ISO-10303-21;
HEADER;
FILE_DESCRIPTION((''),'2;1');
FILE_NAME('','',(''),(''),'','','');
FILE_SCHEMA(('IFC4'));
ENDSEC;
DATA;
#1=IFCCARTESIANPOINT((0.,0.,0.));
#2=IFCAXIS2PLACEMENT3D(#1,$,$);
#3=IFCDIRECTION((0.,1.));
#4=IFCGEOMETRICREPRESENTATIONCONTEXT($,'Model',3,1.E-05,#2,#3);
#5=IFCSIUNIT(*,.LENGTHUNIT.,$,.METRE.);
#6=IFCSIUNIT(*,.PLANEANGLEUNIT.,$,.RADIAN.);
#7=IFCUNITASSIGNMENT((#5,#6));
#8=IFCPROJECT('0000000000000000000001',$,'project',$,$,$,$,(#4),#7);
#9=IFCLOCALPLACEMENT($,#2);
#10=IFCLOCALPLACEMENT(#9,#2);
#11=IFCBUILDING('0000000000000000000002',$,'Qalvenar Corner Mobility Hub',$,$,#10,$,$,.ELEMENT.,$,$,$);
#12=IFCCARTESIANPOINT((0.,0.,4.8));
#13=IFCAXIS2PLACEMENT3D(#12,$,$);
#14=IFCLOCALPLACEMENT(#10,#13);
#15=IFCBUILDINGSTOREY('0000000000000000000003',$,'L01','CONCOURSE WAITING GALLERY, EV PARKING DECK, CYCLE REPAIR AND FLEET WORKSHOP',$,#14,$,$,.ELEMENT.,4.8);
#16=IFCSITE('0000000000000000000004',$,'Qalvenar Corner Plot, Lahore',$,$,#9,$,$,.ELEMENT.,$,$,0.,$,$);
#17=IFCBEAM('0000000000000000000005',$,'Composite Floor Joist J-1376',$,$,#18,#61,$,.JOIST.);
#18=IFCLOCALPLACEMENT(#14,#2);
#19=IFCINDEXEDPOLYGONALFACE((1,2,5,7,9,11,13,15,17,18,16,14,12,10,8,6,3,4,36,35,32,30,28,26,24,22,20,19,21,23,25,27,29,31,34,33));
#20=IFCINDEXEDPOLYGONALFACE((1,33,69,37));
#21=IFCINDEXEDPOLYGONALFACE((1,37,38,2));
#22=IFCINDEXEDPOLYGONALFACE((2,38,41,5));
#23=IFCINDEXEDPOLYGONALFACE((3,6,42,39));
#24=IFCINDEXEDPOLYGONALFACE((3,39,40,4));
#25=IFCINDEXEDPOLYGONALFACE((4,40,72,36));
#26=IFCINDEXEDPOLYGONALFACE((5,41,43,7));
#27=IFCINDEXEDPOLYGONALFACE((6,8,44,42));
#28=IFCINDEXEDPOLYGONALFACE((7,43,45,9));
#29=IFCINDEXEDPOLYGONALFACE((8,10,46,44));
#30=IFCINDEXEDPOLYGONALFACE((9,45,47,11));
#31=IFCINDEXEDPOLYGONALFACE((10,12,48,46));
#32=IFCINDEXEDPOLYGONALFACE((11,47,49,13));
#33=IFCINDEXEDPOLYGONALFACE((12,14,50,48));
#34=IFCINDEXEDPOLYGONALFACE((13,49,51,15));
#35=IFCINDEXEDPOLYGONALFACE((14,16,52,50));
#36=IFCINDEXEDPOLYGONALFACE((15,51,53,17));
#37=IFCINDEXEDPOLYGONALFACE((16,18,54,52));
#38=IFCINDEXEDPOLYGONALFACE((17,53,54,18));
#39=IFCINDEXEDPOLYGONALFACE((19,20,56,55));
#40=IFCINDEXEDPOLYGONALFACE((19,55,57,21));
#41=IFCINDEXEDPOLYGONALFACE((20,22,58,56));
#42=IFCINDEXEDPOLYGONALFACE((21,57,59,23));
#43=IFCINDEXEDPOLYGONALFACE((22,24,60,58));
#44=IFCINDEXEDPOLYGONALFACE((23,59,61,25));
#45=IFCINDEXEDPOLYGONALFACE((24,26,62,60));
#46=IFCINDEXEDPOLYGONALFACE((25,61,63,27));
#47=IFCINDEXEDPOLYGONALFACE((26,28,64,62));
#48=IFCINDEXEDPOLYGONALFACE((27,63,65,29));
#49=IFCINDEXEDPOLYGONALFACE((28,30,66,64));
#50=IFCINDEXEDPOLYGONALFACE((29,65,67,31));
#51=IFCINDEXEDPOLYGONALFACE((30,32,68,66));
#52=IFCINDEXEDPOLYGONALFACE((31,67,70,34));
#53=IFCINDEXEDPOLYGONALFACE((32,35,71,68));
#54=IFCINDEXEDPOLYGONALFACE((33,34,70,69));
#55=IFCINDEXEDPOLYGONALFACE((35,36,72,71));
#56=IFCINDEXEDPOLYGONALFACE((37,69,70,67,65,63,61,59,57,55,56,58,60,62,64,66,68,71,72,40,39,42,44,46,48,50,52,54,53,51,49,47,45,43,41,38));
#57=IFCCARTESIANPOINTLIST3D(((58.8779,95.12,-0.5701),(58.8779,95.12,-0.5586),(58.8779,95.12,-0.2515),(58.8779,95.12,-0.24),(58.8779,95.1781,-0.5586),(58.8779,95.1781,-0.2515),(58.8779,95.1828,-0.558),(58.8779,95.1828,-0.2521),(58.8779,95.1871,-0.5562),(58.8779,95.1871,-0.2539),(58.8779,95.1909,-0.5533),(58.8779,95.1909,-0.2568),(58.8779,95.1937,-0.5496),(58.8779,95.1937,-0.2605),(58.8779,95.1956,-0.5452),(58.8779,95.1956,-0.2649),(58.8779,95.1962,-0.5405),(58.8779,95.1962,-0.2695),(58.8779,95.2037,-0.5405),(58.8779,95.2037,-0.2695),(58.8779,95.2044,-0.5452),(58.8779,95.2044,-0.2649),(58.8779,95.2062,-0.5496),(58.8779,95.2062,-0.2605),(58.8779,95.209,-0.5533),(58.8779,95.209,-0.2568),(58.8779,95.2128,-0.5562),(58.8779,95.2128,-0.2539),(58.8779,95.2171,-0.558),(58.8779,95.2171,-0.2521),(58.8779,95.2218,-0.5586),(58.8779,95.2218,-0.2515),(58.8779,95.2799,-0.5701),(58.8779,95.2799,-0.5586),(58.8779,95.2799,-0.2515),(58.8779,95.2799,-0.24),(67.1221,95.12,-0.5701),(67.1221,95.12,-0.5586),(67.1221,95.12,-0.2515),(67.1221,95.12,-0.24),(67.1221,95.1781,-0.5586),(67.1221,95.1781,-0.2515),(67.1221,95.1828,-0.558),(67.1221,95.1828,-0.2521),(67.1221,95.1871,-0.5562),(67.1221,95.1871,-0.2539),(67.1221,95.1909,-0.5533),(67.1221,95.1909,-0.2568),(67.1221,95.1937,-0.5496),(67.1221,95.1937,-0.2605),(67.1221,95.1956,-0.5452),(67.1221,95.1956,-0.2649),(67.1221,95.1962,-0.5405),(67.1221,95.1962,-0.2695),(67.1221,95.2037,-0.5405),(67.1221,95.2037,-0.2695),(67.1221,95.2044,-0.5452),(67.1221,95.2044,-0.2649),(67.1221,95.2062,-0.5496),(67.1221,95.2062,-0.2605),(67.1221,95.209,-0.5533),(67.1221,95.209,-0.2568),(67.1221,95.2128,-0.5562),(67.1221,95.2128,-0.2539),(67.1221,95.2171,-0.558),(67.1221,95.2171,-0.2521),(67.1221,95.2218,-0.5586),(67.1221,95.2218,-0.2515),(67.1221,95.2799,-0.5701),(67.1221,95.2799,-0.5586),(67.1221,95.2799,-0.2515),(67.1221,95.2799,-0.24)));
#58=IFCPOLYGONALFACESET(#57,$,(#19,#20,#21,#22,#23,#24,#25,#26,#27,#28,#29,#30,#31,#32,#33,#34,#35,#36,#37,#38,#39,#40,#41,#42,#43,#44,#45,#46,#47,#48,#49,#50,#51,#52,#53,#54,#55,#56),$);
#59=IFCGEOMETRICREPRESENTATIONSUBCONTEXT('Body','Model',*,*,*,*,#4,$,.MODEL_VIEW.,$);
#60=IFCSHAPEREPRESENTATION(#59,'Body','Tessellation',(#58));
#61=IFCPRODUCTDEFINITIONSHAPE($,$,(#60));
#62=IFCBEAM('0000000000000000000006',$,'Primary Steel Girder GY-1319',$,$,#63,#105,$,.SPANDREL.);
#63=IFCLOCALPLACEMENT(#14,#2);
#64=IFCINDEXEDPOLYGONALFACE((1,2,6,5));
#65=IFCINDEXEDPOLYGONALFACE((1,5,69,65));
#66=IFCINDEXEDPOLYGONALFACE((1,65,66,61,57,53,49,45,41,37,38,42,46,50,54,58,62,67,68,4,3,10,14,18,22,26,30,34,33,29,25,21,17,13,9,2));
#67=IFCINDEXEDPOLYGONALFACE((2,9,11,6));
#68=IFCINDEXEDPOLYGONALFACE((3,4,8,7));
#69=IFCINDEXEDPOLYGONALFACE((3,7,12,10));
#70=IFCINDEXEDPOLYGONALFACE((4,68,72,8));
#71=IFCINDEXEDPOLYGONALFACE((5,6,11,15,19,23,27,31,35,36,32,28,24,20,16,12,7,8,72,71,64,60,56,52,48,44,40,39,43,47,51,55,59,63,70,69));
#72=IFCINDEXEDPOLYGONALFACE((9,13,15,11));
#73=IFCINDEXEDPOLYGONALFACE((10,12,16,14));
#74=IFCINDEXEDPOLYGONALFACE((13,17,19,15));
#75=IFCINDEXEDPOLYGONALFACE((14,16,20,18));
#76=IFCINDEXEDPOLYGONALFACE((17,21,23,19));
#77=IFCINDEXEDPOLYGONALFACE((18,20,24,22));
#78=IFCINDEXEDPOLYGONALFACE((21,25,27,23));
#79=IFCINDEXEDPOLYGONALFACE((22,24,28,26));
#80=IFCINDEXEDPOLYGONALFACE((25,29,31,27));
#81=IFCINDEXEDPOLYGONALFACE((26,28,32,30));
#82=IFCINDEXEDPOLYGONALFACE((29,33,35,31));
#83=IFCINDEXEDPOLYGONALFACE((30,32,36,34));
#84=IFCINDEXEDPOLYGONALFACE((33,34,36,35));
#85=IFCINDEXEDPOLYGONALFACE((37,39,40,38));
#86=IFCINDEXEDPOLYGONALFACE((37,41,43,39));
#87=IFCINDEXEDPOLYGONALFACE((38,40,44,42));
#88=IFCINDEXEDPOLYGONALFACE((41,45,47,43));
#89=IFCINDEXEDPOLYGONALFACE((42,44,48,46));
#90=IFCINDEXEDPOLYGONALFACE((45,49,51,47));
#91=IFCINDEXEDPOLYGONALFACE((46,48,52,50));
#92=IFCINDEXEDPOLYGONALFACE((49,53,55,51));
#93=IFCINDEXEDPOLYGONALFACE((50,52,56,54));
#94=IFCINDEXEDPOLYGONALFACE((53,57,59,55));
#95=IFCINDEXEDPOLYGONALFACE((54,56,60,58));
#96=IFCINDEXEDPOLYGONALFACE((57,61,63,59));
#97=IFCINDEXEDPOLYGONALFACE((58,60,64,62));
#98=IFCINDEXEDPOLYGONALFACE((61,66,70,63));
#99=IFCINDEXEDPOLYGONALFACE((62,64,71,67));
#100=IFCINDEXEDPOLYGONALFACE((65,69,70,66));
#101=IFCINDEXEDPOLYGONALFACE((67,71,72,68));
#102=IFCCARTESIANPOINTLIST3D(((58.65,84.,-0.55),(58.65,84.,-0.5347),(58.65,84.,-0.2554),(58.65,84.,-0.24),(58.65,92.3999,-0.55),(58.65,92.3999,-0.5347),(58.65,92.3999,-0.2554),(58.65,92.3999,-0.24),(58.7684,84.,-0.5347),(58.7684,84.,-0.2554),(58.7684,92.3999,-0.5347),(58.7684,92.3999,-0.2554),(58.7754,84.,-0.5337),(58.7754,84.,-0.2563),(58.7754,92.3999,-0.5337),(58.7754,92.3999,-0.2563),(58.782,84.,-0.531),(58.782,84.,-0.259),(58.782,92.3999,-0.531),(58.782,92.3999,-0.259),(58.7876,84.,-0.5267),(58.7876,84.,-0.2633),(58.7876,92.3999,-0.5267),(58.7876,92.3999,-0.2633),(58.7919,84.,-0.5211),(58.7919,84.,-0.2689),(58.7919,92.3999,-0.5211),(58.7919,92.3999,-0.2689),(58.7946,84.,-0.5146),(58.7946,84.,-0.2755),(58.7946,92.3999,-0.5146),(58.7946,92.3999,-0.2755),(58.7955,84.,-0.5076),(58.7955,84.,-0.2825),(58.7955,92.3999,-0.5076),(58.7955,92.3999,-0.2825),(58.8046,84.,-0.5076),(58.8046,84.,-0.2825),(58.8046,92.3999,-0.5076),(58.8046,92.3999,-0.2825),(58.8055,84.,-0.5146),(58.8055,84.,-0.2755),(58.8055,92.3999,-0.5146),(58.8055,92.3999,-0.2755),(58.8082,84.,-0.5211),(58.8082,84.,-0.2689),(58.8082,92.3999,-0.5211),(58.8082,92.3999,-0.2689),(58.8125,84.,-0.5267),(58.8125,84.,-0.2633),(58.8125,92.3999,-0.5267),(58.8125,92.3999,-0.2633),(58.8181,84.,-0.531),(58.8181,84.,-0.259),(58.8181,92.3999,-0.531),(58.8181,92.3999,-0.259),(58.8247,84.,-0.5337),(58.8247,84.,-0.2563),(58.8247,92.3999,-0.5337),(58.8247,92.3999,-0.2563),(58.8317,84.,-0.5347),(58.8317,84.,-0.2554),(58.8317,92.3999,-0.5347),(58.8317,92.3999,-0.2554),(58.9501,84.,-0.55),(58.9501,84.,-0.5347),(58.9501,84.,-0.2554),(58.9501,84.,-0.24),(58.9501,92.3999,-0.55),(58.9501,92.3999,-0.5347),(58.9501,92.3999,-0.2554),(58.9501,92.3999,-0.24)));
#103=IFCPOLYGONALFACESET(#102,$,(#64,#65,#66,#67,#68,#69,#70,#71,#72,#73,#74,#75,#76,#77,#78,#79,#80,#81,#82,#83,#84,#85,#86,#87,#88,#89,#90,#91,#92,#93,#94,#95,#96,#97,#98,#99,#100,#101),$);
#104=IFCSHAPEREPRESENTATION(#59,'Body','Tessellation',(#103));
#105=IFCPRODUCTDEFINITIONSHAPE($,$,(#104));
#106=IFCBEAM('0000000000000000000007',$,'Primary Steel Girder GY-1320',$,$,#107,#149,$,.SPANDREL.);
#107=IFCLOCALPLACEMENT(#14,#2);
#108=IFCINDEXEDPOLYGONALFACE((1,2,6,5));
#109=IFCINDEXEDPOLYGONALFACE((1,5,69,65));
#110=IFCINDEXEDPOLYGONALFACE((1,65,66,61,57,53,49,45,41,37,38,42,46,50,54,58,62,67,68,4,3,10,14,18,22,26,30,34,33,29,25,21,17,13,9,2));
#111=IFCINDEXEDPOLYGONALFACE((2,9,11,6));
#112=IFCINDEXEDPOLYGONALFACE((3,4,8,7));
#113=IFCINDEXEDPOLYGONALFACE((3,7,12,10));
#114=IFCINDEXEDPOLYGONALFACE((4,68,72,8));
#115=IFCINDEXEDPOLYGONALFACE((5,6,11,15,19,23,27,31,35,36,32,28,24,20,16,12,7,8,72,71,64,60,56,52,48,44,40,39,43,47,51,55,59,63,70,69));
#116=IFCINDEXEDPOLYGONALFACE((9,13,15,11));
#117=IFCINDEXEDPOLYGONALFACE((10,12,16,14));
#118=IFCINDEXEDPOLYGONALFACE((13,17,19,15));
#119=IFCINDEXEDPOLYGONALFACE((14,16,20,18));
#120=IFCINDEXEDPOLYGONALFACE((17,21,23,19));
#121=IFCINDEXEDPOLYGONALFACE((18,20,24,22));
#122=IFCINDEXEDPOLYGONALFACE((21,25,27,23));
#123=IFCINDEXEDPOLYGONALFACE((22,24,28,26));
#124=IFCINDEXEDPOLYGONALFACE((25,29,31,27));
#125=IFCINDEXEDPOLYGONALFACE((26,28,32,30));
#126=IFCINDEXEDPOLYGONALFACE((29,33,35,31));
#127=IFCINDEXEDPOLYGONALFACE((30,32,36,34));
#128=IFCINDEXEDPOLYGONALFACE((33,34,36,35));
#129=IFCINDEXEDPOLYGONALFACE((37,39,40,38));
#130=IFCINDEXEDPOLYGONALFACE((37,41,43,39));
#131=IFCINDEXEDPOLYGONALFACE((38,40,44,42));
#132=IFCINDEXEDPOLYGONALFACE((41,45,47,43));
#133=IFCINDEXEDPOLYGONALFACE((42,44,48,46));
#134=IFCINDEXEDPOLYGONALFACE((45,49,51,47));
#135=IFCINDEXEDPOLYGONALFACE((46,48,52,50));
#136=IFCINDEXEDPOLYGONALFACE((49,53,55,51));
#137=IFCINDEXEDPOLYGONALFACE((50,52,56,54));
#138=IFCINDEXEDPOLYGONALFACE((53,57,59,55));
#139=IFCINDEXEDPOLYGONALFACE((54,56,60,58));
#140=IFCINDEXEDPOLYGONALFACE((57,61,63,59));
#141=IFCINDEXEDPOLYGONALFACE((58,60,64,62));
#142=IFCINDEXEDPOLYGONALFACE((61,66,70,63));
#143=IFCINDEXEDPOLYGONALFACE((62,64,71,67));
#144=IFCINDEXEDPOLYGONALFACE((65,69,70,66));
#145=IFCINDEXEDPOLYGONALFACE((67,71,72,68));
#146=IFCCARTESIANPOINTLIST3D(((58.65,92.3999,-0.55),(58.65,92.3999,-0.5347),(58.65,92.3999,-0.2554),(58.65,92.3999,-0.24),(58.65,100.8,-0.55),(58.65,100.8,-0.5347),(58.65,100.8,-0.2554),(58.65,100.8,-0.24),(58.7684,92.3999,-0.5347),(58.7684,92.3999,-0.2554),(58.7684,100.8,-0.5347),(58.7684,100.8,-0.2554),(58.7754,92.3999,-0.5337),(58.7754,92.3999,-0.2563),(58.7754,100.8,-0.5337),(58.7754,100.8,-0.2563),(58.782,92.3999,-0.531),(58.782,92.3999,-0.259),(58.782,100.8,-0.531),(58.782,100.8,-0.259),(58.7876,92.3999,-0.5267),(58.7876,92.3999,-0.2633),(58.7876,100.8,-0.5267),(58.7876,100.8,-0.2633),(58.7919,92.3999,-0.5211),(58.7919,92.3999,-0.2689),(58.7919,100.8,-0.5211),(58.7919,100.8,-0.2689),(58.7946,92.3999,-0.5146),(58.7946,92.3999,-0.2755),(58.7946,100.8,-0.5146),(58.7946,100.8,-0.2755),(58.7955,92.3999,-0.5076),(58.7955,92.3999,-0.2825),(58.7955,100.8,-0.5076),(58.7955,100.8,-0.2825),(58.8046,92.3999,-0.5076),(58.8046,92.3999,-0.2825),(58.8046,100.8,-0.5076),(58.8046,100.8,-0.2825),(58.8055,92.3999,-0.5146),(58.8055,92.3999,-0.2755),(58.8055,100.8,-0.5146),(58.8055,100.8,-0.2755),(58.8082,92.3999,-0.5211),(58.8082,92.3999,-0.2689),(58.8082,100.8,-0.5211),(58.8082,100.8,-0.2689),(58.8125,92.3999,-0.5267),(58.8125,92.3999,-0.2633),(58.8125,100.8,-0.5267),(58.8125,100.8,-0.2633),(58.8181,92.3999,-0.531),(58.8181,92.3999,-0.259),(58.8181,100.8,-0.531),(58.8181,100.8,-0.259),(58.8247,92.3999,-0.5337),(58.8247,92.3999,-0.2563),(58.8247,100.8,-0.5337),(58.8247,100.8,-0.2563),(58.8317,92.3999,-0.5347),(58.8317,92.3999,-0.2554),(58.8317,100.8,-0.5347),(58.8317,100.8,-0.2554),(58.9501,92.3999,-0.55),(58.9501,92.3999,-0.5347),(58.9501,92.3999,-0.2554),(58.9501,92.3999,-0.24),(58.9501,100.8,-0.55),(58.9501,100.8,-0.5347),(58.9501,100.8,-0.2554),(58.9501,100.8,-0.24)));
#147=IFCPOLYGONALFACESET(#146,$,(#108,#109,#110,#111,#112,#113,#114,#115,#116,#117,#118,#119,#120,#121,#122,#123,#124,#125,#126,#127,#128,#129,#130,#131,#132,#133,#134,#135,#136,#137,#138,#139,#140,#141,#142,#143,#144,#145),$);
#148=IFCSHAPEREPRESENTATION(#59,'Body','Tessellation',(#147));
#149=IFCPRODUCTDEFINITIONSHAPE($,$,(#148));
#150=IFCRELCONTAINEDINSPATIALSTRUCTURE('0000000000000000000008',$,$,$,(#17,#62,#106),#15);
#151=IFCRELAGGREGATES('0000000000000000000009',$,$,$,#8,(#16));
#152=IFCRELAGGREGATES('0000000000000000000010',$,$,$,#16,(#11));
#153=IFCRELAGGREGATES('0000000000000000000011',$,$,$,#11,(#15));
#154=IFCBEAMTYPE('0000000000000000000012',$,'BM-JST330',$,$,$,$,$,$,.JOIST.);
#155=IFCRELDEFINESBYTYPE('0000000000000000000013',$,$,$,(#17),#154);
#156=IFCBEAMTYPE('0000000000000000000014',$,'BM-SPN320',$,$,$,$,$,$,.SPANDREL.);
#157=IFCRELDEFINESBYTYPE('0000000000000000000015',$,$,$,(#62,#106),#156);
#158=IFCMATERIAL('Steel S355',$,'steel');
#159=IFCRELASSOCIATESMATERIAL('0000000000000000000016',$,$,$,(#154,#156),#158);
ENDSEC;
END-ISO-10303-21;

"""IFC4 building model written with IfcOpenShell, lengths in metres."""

from ifc_helpers import new_model, si_unit, direction, frame, origin, origin_2d, place, context, subcontext, project, spatial, i_section, extrude, material, material_profile, profile_set, type_object, element, save


model = new_model("IFC4")

# Units and contexts
model_context = context("Model", 3, precision=1e-05, world=origin(), true_north=direction((0.0, 1.0)))
body_context = subcontext(model_context, "Body", "Model", "MODEL_VIEW")
ifc_project = project(units=[si_unit("LENGTHUNIT", "METRE"), si_unit("PLANEANGLEUNIT", "RADIAN")], contexts=[model_context])

# Site, building, storey
site_placement = place(None, origin())
site = spatial("IfcSite", under=ifc_project, at=site_placement, Name="Qalvenar Corner Plot, Lahore", CompositionType="ELEMENT", RefElevation=0.0)
building_placement = place(site_placement, origin())
building = spatial("IfcBuilding", under=site, at=building_placement, Name="Qalvenar Corner Mobility Hub", CompositionType="ELEMENT")
storey_placement = place(building_placement, frame((0.0, 0.0, 4.8)))
storey = spatial("IfcBuildingStorey", under=building, at=storey_placement, Name="L01", Description="CONCOURSE WAITING GALLERY, EV PARKING DECK, CYCLE REPAIR AND FLEET WORKSHOP", CompositionType="ELEMENT", Elevation=4.8)

# Beams
ifc_material_1 = material(Name="Steel S355", Category="steel")
ifc_material_profile_1 = material_profile(ifc_material_1, i_section(OverallWidth=0.1599, OverallDepth=0.3301, WebThickness=0.0076, FlangeThickness=0.0115, FilletRadius=0.0181, at=origin_2d()), Name="IPE330")
ifc_profile_set_1 = profile_set([ifc_material_profile_1], Name="Steel S355")
beam_type_1 = type_object("IfcBeamType", Name="BM-JST330", PredefinedType="JOIST", material=ifc_profile_set_1)
for number, where, z_axis, x_axis, name in (
    (1, (58.8779, 95.2, -0.405), (1.0, 0.0, 0.0), (0.0, 1.0, 0.0), "Composite Floor Joist J-1376"),
):
    element("IfcBeam", number, at=place(storey_placement, frame(where, z_axis=z_axis, x_axis=x_axis)), inside=storey, type_object=beam_type_1, Name=name, PredefinedType="JOIST", context=body_context, shape_type="SweptSolid", body=[
        extrude(i_section(OverallWidth=0.1599, OverallDepth=0.3301, WebThickness=0.0076, FlangeThickness=0.0115, FilletRadius=0.0181, at=origin_2d()), origin(), (0.0, 0.0, 1.0), 8.2441),
    ])
ifc_material_profile_2 = material_profile(ifc_material_1, i_section(OverallWidth=0.3, OverallDepth=0.3101, WebThickness=0.009, FlangeThickness=0.0154, FilletRadius=0.0271, at=origin_2d()), Name="HEA320")
ifc_profile_set_2 = profile_set([ifc_material_profile_2], Name="Steel S355")
beam_type_2 = type_object("IfcBeamType", Name="BM-SPN320", PredefinedType="SPANDREL", material=ifc_profile_set_2)
beam_1_placement = place(storey_placement, frame((58.8, 84.0, -0.395), z_axis=(0.0, 1.0, 0.0), x_axis=(-1.0, 0.0, 0.0)))
element("IfcBeam", 2, at=beam_1_placement, inside=storey, type_object=beam_type_2, Name="Primary Steel Girder GY-1319", PredefinedType="SPANDREL", context=body_context, shape_type="SweptSolid", body=[
    extrude(i_section(OverallWidth=0.3, OverallDepth=0.3101, WebThickness=0.009, FlangeThickness=0.0154, FilletRadius=0.0271, at=origin_2d()), origin(), (0.0, 0.0, 1.0), 8.3999),
])
beam_2_placement = place(storey_placement, frame((58.8, 92.3999, -0.395), z_axis=(0.0, 1.0, 0.0), x_axis=(-1.0, 0.0, 0.0)))
element("IfcBeam", 3, at=beam_2_placement, inside=storey, type_object=beam_type_2, Name="Primary Steel Girder GY-1320", PredefinedType="SPANDREL", context=body_context, shape_type="SweptSolid", body=[
    extrude(i_section(OverallWidth=0.3, OverallDepth=0.3101, WebThickness=0.009, FlangeThickness=0.0154, FilletRadius=0.0271, at=origin_2d()), origin(), (0.0, 0.0, 1.0), 8.4001),
])

save(model, "model.ifc")
